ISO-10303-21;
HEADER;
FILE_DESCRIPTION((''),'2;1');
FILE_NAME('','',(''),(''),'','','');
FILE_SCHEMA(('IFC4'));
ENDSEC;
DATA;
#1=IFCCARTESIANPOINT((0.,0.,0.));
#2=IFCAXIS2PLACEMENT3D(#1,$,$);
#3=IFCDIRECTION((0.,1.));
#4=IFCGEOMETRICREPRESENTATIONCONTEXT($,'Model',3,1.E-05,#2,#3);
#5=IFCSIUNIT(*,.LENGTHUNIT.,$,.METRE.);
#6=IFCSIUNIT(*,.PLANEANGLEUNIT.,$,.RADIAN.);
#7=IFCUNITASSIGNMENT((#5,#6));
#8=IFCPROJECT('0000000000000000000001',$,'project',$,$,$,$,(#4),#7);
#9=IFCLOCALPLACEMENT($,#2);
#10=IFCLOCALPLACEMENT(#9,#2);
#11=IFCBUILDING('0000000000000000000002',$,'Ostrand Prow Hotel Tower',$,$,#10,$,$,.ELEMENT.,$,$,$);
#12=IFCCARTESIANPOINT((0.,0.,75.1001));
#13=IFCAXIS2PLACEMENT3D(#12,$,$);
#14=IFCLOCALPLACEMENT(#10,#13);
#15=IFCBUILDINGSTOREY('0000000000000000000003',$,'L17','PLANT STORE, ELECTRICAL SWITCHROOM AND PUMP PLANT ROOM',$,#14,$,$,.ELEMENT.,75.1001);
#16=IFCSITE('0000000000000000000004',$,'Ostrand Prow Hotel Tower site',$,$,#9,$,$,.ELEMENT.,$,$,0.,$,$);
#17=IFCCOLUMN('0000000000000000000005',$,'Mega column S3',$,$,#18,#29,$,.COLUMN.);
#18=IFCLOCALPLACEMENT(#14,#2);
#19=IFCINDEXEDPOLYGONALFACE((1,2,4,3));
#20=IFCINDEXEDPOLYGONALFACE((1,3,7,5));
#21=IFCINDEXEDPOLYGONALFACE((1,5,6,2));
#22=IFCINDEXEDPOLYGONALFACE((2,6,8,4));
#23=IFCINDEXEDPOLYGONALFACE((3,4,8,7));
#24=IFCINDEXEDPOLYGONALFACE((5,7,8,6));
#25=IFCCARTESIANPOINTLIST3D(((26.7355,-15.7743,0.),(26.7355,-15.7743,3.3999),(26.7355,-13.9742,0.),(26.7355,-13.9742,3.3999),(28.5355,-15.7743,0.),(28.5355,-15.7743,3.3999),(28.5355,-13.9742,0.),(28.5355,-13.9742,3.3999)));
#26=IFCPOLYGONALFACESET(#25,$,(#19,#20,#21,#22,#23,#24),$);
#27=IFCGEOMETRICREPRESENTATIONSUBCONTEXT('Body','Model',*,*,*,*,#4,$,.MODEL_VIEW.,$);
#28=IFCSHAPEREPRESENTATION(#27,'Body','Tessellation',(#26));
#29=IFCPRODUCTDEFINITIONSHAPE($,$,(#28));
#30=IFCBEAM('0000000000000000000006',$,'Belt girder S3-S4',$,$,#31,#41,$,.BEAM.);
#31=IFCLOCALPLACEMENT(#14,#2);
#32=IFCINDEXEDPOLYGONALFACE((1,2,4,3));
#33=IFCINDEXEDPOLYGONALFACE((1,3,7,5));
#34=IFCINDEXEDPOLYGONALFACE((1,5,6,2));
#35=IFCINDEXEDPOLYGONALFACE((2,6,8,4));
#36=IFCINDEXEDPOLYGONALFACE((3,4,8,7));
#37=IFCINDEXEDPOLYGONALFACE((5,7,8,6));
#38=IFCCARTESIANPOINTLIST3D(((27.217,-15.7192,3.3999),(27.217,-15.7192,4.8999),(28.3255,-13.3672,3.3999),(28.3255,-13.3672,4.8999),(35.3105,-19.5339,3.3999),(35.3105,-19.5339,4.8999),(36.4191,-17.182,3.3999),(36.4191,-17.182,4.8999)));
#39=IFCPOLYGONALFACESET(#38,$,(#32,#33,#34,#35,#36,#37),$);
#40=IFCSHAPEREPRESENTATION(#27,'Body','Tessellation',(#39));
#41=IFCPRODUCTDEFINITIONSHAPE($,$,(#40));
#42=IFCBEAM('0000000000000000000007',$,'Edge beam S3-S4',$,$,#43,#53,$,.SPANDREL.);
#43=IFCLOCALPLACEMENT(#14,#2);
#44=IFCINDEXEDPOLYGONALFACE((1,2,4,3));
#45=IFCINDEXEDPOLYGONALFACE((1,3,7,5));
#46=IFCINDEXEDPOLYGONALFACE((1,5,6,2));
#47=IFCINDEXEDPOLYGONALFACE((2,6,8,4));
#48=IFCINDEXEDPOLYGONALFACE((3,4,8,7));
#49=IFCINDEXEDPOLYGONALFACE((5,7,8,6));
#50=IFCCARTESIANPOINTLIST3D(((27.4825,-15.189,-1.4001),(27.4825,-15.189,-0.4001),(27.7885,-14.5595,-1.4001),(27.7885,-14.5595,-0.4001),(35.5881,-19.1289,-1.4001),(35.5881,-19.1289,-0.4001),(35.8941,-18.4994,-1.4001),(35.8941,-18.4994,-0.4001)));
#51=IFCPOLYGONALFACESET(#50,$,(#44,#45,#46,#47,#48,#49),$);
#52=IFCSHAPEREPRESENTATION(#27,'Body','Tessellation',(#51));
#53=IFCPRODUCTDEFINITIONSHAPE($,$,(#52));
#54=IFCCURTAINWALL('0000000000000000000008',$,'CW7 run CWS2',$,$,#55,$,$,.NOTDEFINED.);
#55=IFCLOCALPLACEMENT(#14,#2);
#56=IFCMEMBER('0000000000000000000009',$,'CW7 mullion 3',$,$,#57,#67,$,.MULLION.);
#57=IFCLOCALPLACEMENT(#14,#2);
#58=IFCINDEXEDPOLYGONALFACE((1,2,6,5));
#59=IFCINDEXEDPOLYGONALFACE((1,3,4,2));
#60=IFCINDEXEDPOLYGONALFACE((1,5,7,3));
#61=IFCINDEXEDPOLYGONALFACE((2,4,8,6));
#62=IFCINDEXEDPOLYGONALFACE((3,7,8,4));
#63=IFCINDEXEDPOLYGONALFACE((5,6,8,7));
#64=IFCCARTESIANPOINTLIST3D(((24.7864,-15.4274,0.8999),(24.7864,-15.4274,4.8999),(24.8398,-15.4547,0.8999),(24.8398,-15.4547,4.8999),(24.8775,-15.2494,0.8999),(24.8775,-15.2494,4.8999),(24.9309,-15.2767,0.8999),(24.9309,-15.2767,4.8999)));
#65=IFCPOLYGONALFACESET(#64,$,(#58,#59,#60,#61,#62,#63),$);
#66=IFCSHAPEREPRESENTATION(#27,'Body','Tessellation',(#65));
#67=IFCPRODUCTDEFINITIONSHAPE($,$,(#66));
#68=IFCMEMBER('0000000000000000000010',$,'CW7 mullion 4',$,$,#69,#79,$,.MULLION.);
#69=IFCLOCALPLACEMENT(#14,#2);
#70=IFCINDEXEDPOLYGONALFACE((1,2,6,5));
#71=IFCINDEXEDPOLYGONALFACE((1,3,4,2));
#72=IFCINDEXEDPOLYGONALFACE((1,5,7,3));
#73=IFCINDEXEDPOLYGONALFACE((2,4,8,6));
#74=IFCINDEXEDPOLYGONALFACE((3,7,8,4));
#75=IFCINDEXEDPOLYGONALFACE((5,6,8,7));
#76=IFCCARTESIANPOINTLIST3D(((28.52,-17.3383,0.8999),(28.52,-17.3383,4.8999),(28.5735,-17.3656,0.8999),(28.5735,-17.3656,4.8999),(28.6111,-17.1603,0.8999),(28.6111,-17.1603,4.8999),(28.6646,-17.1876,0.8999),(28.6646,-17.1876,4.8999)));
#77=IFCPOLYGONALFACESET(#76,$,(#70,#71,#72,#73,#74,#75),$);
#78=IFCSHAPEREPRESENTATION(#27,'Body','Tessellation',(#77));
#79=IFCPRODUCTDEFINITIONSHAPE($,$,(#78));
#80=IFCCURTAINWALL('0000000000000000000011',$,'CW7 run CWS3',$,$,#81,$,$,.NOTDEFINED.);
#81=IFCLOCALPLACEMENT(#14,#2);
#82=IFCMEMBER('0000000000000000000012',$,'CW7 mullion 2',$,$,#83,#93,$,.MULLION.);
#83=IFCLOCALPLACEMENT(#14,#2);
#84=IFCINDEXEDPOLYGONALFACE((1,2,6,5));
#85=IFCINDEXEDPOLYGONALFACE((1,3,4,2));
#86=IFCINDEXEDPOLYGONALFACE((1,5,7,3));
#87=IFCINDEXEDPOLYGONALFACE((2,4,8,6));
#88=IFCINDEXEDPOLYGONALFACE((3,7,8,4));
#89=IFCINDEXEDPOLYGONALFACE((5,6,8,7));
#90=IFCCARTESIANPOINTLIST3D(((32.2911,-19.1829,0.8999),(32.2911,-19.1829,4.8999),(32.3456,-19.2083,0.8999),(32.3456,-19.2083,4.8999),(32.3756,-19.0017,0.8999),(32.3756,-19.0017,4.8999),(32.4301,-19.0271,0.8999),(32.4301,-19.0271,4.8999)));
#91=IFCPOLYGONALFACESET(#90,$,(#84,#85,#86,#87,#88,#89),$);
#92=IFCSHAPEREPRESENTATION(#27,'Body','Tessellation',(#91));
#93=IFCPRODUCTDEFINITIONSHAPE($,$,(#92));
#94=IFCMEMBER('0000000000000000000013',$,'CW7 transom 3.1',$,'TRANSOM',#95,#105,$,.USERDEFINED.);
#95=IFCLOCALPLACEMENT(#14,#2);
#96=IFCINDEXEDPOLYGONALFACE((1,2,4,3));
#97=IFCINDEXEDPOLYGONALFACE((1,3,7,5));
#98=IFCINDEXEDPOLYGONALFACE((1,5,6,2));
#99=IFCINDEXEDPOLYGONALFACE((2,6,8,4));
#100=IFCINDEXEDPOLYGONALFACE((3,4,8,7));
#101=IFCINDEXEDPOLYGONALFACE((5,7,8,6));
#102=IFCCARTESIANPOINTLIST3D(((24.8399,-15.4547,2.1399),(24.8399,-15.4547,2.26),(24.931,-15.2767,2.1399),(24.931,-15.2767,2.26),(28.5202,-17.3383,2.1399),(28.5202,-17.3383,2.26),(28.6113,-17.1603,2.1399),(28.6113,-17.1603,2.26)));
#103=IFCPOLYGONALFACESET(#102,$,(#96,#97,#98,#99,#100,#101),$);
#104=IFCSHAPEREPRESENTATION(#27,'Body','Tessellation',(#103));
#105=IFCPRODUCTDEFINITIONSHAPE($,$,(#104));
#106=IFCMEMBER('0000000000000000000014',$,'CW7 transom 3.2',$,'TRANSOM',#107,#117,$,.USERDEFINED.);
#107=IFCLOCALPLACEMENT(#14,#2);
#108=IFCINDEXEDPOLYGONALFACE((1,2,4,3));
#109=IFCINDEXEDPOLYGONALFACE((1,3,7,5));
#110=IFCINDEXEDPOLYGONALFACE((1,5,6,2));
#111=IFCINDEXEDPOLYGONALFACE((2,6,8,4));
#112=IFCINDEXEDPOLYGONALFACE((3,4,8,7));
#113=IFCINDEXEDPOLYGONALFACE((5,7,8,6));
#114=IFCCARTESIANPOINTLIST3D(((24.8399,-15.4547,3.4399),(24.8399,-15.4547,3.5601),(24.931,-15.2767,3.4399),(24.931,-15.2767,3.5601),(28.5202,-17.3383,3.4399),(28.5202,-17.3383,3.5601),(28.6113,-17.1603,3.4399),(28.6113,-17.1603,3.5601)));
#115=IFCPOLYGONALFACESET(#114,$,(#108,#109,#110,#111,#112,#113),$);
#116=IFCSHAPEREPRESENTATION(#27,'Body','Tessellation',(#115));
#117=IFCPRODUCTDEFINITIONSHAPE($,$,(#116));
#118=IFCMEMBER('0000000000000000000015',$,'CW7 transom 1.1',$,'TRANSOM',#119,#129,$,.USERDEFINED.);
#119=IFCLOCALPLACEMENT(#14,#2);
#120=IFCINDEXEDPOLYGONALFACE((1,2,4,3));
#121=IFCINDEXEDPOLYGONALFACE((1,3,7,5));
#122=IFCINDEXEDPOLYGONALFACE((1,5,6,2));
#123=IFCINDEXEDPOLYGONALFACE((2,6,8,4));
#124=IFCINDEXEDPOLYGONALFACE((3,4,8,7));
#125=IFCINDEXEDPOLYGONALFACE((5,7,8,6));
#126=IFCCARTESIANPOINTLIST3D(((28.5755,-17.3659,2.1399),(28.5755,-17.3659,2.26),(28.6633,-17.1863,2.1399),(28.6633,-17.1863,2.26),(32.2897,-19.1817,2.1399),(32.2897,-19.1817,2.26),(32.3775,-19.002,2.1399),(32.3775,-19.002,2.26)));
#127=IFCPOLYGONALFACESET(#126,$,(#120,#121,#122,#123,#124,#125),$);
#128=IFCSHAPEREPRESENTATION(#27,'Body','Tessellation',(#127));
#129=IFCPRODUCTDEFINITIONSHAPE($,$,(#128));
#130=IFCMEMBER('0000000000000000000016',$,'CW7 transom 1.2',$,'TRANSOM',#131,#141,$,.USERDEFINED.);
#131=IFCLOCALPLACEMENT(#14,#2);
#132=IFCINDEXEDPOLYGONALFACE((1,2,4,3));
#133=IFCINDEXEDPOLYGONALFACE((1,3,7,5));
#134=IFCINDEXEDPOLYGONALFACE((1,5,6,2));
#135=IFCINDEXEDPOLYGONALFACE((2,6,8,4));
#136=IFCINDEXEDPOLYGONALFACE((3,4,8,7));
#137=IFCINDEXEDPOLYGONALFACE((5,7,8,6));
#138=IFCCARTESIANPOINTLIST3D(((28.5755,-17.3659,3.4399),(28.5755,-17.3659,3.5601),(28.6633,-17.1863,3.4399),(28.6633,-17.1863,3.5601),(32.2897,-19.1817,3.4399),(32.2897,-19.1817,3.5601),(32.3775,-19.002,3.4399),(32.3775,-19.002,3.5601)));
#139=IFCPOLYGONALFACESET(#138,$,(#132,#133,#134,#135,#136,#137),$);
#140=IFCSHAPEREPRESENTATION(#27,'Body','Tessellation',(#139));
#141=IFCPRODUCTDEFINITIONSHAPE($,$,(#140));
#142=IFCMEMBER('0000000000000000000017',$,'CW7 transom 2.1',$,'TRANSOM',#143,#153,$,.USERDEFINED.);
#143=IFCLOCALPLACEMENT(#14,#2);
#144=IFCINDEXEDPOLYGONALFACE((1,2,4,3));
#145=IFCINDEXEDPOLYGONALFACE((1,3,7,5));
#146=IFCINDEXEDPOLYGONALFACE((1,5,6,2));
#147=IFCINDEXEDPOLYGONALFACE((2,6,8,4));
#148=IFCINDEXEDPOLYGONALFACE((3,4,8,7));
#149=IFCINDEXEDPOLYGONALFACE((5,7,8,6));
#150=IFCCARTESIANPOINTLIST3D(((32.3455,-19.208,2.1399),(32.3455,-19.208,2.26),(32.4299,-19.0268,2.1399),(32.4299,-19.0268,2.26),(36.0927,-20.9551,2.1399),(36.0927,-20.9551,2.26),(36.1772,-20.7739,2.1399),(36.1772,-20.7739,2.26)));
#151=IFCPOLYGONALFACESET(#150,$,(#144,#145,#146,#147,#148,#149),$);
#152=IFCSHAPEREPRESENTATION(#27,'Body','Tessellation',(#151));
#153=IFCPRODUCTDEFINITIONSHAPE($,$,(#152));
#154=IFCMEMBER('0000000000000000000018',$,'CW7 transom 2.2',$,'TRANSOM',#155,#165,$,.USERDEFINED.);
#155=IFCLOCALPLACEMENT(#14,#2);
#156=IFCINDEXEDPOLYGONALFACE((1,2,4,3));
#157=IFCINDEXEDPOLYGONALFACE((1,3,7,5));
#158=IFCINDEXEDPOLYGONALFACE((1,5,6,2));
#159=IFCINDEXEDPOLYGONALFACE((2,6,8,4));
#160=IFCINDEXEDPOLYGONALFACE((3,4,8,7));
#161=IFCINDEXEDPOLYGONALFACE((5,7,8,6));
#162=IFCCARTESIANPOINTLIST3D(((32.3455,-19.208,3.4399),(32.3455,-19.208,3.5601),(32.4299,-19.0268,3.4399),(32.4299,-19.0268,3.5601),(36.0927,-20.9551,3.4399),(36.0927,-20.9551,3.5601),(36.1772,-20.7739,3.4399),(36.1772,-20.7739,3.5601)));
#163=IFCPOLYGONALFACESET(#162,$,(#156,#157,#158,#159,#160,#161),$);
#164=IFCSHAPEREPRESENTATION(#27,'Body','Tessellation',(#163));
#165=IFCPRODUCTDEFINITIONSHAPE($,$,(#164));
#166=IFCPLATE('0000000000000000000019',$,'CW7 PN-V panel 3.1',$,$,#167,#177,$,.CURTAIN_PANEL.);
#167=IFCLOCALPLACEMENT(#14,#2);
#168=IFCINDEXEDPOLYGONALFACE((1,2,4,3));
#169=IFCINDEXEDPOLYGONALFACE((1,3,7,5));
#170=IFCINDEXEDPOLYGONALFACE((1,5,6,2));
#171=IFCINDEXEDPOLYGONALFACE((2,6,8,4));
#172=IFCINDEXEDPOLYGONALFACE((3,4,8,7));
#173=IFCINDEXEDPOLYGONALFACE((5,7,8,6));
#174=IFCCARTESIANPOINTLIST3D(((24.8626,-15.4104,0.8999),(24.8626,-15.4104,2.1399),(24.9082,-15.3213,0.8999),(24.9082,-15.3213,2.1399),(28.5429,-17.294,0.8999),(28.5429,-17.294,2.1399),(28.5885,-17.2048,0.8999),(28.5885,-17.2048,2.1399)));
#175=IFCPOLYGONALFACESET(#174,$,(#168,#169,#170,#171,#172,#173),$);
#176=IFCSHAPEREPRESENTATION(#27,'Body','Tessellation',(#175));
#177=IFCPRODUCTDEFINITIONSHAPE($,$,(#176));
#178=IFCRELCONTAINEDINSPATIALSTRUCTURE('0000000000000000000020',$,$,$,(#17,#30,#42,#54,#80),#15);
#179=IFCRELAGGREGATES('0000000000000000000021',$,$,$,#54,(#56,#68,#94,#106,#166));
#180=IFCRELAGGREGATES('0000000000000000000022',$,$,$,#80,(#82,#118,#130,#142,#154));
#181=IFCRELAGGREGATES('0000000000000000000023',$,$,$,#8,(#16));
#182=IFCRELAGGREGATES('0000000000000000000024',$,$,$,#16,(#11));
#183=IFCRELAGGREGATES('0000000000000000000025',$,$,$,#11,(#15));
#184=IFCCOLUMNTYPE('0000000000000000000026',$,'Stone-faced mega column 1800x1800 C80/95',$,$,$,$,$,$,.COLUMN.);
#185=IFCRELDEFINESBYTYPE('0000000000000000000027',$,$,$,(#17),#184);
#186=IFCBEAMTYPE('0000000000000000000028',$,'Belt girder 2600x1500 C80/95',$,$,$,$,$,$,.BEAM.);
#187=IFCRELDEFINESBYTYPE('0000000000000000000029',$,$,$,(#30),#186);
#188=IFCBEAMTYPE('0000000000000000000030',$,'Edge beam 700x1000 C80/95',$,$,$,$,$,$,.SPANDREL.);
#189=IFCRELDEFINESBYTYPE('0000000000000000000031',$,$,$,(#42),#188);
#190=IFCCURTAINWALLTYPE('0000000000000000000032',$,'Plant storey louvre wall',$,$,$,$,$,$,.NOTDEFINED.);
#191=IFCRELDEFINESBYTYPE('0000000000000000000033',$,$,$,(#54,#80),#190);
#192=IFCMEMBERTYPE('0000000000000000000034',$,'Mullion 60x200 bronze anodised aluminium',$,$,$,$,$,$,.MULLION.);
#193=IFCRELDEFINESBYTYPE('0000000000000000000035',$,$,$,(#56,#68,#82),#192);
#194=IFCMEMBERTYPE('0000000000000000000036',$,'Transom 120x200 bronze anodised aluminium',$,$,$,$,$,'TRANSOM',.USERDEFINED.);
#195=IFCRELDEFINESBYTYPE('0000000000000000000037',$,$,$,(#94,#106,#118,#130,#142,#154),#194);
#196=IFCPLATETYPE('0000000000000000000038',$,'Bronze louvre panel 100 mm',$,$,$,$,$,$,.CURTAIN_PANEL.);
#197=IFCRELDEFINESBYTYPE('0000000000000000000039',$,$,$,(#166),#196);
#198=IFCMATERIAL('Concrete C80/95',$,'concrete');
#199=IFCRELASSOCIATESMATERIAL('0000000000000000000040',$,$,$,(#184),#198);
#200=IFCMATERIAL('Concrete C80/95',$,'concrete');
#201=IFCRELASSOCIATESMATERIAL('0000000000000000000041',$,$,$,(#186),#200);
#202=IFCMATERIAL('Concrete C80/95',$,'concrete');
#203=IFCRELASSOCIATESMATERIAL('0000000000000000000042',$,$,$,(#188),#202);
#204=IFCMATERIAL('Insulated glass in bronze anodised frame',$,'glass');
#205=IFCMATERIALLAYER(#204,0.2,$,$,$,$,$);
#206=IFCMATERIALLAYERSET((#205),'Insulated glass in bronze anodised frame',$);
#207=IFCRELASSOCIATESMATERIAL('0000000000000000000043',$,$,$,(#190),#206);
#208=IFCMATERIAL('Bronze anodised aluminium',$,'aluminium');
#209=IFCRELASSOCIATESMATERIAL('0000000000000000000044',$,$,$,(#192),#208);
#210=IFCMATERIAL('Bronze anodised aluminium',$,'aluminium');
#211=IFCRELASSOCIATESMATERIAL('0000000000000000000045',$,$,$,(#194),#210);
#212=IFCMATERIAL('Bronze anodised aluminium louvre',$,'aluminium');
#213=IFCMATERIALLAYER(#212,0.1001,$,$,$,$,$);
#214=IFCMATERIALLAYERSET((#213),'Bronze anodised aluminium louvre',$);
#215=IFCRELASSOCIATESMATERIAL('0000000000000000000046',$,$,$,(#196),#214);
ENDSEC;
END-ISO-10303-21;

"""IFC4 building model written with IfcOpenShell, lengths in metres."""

from ifc_helpers import new_model, si_unit, direction, frame, origin, origin_2d, place, context, subcontext, project, spatial, rectangle, extrude, material, layer, layer_set, material_profile, profile_set, type_object, element, aggregate, save


model = new_model("IFC4")

# Units and contexts
model_context = context("Model", 3, precision=1e-05, world=origin(), true_north=direction((0.0, 1.0)))
body_context = subcontext(model_context, "Body", "Model", "MODEL_VIEW")
ifc_project = project(units=[si_unit("LENGTHUNIT", "METRE"), si_unit("PLANEANGLEUNIT", "RADIAN")], contexts=[model_context])

# Site, building, storey
site_placement = place(None, origin())
site = spatial("IfcSite", under=ifc_project, at=site_placement, Name="Ostrand Prow Hotel Tower site", CompositionType="ELEMENT", RefElevation=0.0)
building_placement = place(site_placement, origin())
building = spatial("IfcBuilding", under=site, at=building_placement, Name="Ostrand Prow Hotel Tower", CompositionType="ELEMENT")
storey_placement = place(building_placement, frame((0.0, 0.0, 75.1001)))
storey = spatial("IfcBuildingStorey", under=building, at=storey_placement, Name="L17", Description="PLANT STORE, ELECTRICAL SWITCHROOM AND PUMP PLANT ROOM", CompositionType="ELEMENT", Elevation=75.1001)

# Column
ifc_material_1 = material(Name="Concrete C80/95", Category="concrete")
ifc_material_profile_1 = material_profile(ifc_material_1, rectangle(XDim=1.8, YDim=1.8, at=origin_2d()), Name="RC 1800x1800")
ifc_profile_set_1 = profile_set([ifc_material_profile_1], Name="Concrete C80/95")
column_type = type_object("IfcColumnType", Name="Stone-faced mega column 1800x1800 C80/95", PredefinedType="COLUMN", material=ifc_profile_set_1)
column_placement = place(storey_placement, frame((27.6355, -14.8743, 0.0), z_axis=(0.0, 0.0, 1.0), x_axis=(1.0, 0.0, 0.0)))
element("IfcColumn", 1, at=column_placement, inside=storey, type_object=column_type, Name="Mega column S3", PredefinedType="COLUMN", context=body_context, shape_type="SweptSolid", body=[
    extrude(rectangle(XDim=1.8, YDim=1.8, at=origin_2d()), origin(), (0.0, 0.0, 1.0), 3.3999),
])

# Beams
ifc_material_2 = material(Name="Concrete C80/95", Category="concrete")
ifc_material_profile_2 = material_profile(ifc_material_2, rectangle(XDim=2.6001, YDim=1.5, at=origin_2d()), Name="RC 2600x1500")
ifc_profile_set_2 = profile_set([ifc_material_profile_2], Name="Concrete C80/95")
beam_type_1 = type_object("IfcBeamType", Name="Belt girder 2600x1500 C80/95", PredefinedType="BEAM", material=ifc_profile_set_2)
beam_1_placement = place(storey_placement, frame((27.7712, -14.5432, 4.1499), z_axis=(0.904561, -0.426345, 0.0), x_axis=(0.426345, 0.904561, 0.0)))
element("IfcBeam", 2, at=beam_1_placement, inside=storey, type_object=beam_type_1, Name="Belt girder S3-S4", PredefinedType="BEAM", context=body_context, shape_type="SweptSolid", body=[
    extrude(rectangle(XDim=2.6001, YDim=1.5, at=origin_2d()), origin(), (0.0, 0.0, 1.0), 8.9475),
])
ifc_material_3 = material(Name="Concrete C80/95", Category="concrete")
ifc_material_profile_3 = material_profile(ifc_material_3, rectangle(XDim=0.7, YDim=1.0, at=origin_2d()), Name="RC 700x1000")
ifc_profile_set_3 = profile_set([ifc_material_profile_3], Name="Concrete C80/95")
beam_type_2 = type_object("IfcBeamType", Name="Edge beam 700x1000 C80/95", PredefinedType="SPANDREL", material=ifc_profile_set_3)
beam_2_placement = place(storey_placement, frame((27.6355, -14.8743, -0.9001), z_axis=(0.899382, -0.437163, 0.0), x_axis=(0.437163, 0.899382, 0.0)))
element("IfcBeam", 3, at=beam_2_placement, inside=storey, type_object=beam_type_2, Name="Edge beam S3-S4", PredefinedType="SPANDREL", context=body_context, shape_type="SweptSolid", body=[
    extrude(rectangle(XDim=0.7, YDim=1.0, at=origin_2d()), origin(), (0.0, 0.0, 1.0), 9.0125),
])

# Curtain wall, members
ifc_material_4 = material(Name="Insulated glass in bronze anodised frame", Category="glass")
ifc_layer_1 = layer(ifc_material_4, 0.2)
ifc_layer_set_1 = layer_set([ifc_layer_1], Name="Insulated glass in bronze anodised frame")
curtain_wall_type = type_object("IfcCurtainWallType", Name="Plant storey louvre wall", PredefinedType="NOTDEFINED", material=ifc_layer_set_1)
curtain_wall_1_placement = place(storey_placement, origin())
curtain_wall_1 = element("IfcCurtainWall", 4, at=curtain_wall_1_placement, inside=storey, type_object=curtain_wall_type, Name="CW7 run CWS2", PredefinedType="NOTDEFINED")
ifc_material_5 = material(Name="Bronze anodised aluminium", Category="aluminium")
ifc_material_profile_4 = material_profile(ifc_material_5, rectangle(XDim=0.2, YDim=0.0601, at=origin_2d()), Name="Mullion 60x200 bronze anodised aluminium")
ifc_profile_set_4 = profile_set([ifc_material_profile_4], Name="Bronze anodised aluminium")
member_type_1 = type_object("IfcMemberType", Name="Mullion 60x200 bronze anodised aluminium", PredefinedType="MULLION", material=ifc_profile_set_4)
member_1_placement = place(storey_placement, frame((24.8586, -15.3521, 0.8999), z_axis=(0.0, 0.0, 1.0), x_axis=(0.455596, 0.890187, 0.0)))
member_1 = element("IfcMember", 5, at=member_1_placement, type_object=member_type_1, Name="CW7 mullion 3", PredefinedType="MULLION", context=body_context, shape_type="SweptSolid", body=[
    extrude(rectangle(XDim=0.2, YDim=0.0601, at=origin_2d()), origin(), (0.0, 0.0, 1.0), 4.0),
])
member_2_placement = place(storey_placement, frame((28.5923, -17.2629, 0.8999), z_axis=(0.0, 0.0, 1.0), x_axis=(0.455596, 0.890187, 0.0)))
member_2 = element("IfcMember", 6, at=member_2_placement, type_object=member_type_1, Name="CW7 mullion 4", PredefinedType="MULLION", context=body_context, shape_type="SweptSolid", body=[
    extrude(rectangle(XDim=0.2, YDim=0.0601, at=origin_2d()), origin(), (0.0, 0.0, 1.0), 4.0),
])

# Curtain wall, member
curtain_wall_2_placement = place(storey_placement, origin())
curtain_wall_2 = element("IfcCurtainWall", 7, at=curtain_wall_2_placement, inside=storey, type_object=curtain_wall_type, Name="CW7 run CWS3", PredefinedType="NOTDEFINED")
member_3_placement = place(storey_placement, frame((32.3606, -19.105, 0.8999), z_axis=(0.0, 0.0, 1.0), x_axis=(0.42253, 0.906349, 0.0)))
member_3 = element("IfcMember", 8, at=member_3_placement, type_object=member_type_1, Name="CW7 mullion 2", PredefinedType="MULLION", context=body_context, shape_type="SweptSolid", body=[
    extrude(rectangle(XDim=0.2, YDim=0.0601, at=origin_2d()), origin(), (0.0, 0.0, 1.0), 4.0),
])

# Members
ifc_material_6 = material(Name="Bronze anodised aluminium", Category="aluminium")
ifc_material_profile_5 = material_profile(ifc_material_6, rectangle(XDim=0.2, YDim=0.1201, at=origin_2d()), Name="Transom 120x200 bronze anodised aluminium")
ifc_profile_set_5 = profile_set([ifc_material_profile_5], Name="Bronze anodised aluminium")
member_type_2 = type_object("IfcMemberType", Name="Transom 120x200 bronze anodised aluminium", ElementType="TRANSOM", PredefinedType="USERDEFINED", material=ifc_profile_set_5)
member_4_placement = place(storey_placement, frame((24.8855, -15.3657, 2.2), z_axis=(0.890183, -0.455603, 0.0), x_axis=(0.455603, 0.890183, 0.0)))
member_4 = element("IfcMember", 9, at=member_4_placement, type_object=member_type_2, Name="CW7 transom 3.1", ObjectType="TRANSOM", PredefinedType="USERDEFINED", context=body_context, shape_type="SweptSolid", body=[
    extrude(rectangle(XDim=0.2, YDim=0.1201, at=origin_2d()), origin(), (0.0, 0.0, 1.0), 4.1343),
])
member_5_placement = place(storey_placement, frame((24.8855, -15.3657, 3.5), z_axis=(0.890183, -0.455603, 0.0), x_axis=(0.455603, 0.890183, 0.0)))
member_5 = element("IfcMember", 10, at=member_5_placement, type_object=member_type_2, Name="CW7 transom 3.2", ObjectType="TRANSOM", PredefinedType="USERDEFINED", context=body_context, shape_type="SweptSolid", body=[
    extrude(rectangle(XDim=0.2, YDim=0.1201, at=origin_2d()), origin(), (0.0, 0.0, 1.0), 4.1343),
])
member_6_placement = place(storey_placement, frame((28.6194, -17.2761, 2.2), z_axis=(0.898395, -0.439188, 0.0), x_axis=(0.439188, 0.898395, 0.0)))
member_6 = element("IfcMember", 11, at=member_6_placement, type_object=member_type_2, Name="CW7 transom 1.1", ObjectType="TRANSOM", PredefinedType="USERDEFINED", context=body_context, shape_type="SweptSolid", body=[
    extrude(rectangle(XDim=0.2, YDim=0.1201, at=origin_2d()), origin(), (0.0, 0.0, 1.0), 4.1343),
])
member_7_placement = place(storey_placement, frame((28.6194, -17.2761, 3.5), z_axis=(0.898395, -0.439188, 0.0), x_axis=(0.439188, 0.898395, 0.0)))
member_7 = element("IfcMember", 12, at=member_7_placement, type_object=member_type_2, Name="CW7 transom 1.2", ObjectType="TRANSOM", PredefinedType="USERDEFINED", context=body_context, shape_type="SweptSolid", body=[
    extrude(rectangle(XDim=0.2, YDim=0.1201, at=origin_2d()), origin(), (0.0, 0.0, 1.0), 4.1343),
])
member_8_placement = place(storey_placement, frame((32.3877, -19.1174, 2.2), z_axis=(0.906338, -0.422552, 0.0), x_axis=(0.422552, 0.906338, 0.0)))
member_8 = element("IfcMember", 13, at=member_8_placement, type_object=member_type_2, Name="CW7 transom 2.1", ObjectType="TRANSOM", PredefinedType="USERDEFINED", context=body_context, shape_type="SweptSolid", body=[
    extrude(rectangle(XDim=0.2, YDim=0.1201, at=origin_2d()), origin(), (0.0, 0.0, 1.0), 4.1345),
])
member_9_placement = place(storey_placement, frame((32.3877, -19.1174, 3.5), z_axis=(0.906338, -0.422552, 0.0), x_axis=(0.422552, 0.906338, 0.0)))
member_9 = element("IfcMember", 14, at=member_9_placement, type_object=member_type_2, Name="CW7 transom 2.2", ObjectType="TRANSOM", PredefinedType="USERDEFINED", context=body_context, shape_type="SweptSolid", body=[
    extrude(rectangle(XDim=0.2, YDim=0.1201, at=origin_2d()), origin(), (0.0, 0.0, 1.0), 4.1345),
])

# Plate
ifc_material_7 = material(Name="Bronze anodised aluminium louvre", Category="aluminium")
ifc_layer_2 = layer(ifc_material_7, 0.1001)
ifc_layer_set_2 = layer_set([ifc_layer_2], Name="Bronze anodised aluminium louvre")
plate_type = type_object("IfcPlateType", Name="Bronze louvre panel 100 mm", PredefinedType="CURTAIN_PANEL", material=ifc_layer_set_2)
plate_1_placement = place(storey_placement, frame((26.7256, -16.3076, 0.8999), z_axis=(0.0, 0.0, 1.0), x_axis=(0.890187, -0.455596, 0.0)))
plate_1 = element("IfcPlate", 15, at=plate_1_placement, type_object=plate_type, Name="CW7 PN-V panel 3.1", PredefinedType="CURTAIN_PANEL", context=body_context, shape_type="SweptSolid", body=[
    extrude(rectangle(XDim=4.1343, YDim=0.1001, at=origin_2d()), origin(), (0.0, 0.0, 1.0), 1.24),
])
aggregate(curtain_wall_1, [member_1, member_2, member_4, member_5, plate_1])
aggregate(curtain_wall_2, [member_3, member_6, member_7, member_8, member_9])

save(model, "model.ifc")
